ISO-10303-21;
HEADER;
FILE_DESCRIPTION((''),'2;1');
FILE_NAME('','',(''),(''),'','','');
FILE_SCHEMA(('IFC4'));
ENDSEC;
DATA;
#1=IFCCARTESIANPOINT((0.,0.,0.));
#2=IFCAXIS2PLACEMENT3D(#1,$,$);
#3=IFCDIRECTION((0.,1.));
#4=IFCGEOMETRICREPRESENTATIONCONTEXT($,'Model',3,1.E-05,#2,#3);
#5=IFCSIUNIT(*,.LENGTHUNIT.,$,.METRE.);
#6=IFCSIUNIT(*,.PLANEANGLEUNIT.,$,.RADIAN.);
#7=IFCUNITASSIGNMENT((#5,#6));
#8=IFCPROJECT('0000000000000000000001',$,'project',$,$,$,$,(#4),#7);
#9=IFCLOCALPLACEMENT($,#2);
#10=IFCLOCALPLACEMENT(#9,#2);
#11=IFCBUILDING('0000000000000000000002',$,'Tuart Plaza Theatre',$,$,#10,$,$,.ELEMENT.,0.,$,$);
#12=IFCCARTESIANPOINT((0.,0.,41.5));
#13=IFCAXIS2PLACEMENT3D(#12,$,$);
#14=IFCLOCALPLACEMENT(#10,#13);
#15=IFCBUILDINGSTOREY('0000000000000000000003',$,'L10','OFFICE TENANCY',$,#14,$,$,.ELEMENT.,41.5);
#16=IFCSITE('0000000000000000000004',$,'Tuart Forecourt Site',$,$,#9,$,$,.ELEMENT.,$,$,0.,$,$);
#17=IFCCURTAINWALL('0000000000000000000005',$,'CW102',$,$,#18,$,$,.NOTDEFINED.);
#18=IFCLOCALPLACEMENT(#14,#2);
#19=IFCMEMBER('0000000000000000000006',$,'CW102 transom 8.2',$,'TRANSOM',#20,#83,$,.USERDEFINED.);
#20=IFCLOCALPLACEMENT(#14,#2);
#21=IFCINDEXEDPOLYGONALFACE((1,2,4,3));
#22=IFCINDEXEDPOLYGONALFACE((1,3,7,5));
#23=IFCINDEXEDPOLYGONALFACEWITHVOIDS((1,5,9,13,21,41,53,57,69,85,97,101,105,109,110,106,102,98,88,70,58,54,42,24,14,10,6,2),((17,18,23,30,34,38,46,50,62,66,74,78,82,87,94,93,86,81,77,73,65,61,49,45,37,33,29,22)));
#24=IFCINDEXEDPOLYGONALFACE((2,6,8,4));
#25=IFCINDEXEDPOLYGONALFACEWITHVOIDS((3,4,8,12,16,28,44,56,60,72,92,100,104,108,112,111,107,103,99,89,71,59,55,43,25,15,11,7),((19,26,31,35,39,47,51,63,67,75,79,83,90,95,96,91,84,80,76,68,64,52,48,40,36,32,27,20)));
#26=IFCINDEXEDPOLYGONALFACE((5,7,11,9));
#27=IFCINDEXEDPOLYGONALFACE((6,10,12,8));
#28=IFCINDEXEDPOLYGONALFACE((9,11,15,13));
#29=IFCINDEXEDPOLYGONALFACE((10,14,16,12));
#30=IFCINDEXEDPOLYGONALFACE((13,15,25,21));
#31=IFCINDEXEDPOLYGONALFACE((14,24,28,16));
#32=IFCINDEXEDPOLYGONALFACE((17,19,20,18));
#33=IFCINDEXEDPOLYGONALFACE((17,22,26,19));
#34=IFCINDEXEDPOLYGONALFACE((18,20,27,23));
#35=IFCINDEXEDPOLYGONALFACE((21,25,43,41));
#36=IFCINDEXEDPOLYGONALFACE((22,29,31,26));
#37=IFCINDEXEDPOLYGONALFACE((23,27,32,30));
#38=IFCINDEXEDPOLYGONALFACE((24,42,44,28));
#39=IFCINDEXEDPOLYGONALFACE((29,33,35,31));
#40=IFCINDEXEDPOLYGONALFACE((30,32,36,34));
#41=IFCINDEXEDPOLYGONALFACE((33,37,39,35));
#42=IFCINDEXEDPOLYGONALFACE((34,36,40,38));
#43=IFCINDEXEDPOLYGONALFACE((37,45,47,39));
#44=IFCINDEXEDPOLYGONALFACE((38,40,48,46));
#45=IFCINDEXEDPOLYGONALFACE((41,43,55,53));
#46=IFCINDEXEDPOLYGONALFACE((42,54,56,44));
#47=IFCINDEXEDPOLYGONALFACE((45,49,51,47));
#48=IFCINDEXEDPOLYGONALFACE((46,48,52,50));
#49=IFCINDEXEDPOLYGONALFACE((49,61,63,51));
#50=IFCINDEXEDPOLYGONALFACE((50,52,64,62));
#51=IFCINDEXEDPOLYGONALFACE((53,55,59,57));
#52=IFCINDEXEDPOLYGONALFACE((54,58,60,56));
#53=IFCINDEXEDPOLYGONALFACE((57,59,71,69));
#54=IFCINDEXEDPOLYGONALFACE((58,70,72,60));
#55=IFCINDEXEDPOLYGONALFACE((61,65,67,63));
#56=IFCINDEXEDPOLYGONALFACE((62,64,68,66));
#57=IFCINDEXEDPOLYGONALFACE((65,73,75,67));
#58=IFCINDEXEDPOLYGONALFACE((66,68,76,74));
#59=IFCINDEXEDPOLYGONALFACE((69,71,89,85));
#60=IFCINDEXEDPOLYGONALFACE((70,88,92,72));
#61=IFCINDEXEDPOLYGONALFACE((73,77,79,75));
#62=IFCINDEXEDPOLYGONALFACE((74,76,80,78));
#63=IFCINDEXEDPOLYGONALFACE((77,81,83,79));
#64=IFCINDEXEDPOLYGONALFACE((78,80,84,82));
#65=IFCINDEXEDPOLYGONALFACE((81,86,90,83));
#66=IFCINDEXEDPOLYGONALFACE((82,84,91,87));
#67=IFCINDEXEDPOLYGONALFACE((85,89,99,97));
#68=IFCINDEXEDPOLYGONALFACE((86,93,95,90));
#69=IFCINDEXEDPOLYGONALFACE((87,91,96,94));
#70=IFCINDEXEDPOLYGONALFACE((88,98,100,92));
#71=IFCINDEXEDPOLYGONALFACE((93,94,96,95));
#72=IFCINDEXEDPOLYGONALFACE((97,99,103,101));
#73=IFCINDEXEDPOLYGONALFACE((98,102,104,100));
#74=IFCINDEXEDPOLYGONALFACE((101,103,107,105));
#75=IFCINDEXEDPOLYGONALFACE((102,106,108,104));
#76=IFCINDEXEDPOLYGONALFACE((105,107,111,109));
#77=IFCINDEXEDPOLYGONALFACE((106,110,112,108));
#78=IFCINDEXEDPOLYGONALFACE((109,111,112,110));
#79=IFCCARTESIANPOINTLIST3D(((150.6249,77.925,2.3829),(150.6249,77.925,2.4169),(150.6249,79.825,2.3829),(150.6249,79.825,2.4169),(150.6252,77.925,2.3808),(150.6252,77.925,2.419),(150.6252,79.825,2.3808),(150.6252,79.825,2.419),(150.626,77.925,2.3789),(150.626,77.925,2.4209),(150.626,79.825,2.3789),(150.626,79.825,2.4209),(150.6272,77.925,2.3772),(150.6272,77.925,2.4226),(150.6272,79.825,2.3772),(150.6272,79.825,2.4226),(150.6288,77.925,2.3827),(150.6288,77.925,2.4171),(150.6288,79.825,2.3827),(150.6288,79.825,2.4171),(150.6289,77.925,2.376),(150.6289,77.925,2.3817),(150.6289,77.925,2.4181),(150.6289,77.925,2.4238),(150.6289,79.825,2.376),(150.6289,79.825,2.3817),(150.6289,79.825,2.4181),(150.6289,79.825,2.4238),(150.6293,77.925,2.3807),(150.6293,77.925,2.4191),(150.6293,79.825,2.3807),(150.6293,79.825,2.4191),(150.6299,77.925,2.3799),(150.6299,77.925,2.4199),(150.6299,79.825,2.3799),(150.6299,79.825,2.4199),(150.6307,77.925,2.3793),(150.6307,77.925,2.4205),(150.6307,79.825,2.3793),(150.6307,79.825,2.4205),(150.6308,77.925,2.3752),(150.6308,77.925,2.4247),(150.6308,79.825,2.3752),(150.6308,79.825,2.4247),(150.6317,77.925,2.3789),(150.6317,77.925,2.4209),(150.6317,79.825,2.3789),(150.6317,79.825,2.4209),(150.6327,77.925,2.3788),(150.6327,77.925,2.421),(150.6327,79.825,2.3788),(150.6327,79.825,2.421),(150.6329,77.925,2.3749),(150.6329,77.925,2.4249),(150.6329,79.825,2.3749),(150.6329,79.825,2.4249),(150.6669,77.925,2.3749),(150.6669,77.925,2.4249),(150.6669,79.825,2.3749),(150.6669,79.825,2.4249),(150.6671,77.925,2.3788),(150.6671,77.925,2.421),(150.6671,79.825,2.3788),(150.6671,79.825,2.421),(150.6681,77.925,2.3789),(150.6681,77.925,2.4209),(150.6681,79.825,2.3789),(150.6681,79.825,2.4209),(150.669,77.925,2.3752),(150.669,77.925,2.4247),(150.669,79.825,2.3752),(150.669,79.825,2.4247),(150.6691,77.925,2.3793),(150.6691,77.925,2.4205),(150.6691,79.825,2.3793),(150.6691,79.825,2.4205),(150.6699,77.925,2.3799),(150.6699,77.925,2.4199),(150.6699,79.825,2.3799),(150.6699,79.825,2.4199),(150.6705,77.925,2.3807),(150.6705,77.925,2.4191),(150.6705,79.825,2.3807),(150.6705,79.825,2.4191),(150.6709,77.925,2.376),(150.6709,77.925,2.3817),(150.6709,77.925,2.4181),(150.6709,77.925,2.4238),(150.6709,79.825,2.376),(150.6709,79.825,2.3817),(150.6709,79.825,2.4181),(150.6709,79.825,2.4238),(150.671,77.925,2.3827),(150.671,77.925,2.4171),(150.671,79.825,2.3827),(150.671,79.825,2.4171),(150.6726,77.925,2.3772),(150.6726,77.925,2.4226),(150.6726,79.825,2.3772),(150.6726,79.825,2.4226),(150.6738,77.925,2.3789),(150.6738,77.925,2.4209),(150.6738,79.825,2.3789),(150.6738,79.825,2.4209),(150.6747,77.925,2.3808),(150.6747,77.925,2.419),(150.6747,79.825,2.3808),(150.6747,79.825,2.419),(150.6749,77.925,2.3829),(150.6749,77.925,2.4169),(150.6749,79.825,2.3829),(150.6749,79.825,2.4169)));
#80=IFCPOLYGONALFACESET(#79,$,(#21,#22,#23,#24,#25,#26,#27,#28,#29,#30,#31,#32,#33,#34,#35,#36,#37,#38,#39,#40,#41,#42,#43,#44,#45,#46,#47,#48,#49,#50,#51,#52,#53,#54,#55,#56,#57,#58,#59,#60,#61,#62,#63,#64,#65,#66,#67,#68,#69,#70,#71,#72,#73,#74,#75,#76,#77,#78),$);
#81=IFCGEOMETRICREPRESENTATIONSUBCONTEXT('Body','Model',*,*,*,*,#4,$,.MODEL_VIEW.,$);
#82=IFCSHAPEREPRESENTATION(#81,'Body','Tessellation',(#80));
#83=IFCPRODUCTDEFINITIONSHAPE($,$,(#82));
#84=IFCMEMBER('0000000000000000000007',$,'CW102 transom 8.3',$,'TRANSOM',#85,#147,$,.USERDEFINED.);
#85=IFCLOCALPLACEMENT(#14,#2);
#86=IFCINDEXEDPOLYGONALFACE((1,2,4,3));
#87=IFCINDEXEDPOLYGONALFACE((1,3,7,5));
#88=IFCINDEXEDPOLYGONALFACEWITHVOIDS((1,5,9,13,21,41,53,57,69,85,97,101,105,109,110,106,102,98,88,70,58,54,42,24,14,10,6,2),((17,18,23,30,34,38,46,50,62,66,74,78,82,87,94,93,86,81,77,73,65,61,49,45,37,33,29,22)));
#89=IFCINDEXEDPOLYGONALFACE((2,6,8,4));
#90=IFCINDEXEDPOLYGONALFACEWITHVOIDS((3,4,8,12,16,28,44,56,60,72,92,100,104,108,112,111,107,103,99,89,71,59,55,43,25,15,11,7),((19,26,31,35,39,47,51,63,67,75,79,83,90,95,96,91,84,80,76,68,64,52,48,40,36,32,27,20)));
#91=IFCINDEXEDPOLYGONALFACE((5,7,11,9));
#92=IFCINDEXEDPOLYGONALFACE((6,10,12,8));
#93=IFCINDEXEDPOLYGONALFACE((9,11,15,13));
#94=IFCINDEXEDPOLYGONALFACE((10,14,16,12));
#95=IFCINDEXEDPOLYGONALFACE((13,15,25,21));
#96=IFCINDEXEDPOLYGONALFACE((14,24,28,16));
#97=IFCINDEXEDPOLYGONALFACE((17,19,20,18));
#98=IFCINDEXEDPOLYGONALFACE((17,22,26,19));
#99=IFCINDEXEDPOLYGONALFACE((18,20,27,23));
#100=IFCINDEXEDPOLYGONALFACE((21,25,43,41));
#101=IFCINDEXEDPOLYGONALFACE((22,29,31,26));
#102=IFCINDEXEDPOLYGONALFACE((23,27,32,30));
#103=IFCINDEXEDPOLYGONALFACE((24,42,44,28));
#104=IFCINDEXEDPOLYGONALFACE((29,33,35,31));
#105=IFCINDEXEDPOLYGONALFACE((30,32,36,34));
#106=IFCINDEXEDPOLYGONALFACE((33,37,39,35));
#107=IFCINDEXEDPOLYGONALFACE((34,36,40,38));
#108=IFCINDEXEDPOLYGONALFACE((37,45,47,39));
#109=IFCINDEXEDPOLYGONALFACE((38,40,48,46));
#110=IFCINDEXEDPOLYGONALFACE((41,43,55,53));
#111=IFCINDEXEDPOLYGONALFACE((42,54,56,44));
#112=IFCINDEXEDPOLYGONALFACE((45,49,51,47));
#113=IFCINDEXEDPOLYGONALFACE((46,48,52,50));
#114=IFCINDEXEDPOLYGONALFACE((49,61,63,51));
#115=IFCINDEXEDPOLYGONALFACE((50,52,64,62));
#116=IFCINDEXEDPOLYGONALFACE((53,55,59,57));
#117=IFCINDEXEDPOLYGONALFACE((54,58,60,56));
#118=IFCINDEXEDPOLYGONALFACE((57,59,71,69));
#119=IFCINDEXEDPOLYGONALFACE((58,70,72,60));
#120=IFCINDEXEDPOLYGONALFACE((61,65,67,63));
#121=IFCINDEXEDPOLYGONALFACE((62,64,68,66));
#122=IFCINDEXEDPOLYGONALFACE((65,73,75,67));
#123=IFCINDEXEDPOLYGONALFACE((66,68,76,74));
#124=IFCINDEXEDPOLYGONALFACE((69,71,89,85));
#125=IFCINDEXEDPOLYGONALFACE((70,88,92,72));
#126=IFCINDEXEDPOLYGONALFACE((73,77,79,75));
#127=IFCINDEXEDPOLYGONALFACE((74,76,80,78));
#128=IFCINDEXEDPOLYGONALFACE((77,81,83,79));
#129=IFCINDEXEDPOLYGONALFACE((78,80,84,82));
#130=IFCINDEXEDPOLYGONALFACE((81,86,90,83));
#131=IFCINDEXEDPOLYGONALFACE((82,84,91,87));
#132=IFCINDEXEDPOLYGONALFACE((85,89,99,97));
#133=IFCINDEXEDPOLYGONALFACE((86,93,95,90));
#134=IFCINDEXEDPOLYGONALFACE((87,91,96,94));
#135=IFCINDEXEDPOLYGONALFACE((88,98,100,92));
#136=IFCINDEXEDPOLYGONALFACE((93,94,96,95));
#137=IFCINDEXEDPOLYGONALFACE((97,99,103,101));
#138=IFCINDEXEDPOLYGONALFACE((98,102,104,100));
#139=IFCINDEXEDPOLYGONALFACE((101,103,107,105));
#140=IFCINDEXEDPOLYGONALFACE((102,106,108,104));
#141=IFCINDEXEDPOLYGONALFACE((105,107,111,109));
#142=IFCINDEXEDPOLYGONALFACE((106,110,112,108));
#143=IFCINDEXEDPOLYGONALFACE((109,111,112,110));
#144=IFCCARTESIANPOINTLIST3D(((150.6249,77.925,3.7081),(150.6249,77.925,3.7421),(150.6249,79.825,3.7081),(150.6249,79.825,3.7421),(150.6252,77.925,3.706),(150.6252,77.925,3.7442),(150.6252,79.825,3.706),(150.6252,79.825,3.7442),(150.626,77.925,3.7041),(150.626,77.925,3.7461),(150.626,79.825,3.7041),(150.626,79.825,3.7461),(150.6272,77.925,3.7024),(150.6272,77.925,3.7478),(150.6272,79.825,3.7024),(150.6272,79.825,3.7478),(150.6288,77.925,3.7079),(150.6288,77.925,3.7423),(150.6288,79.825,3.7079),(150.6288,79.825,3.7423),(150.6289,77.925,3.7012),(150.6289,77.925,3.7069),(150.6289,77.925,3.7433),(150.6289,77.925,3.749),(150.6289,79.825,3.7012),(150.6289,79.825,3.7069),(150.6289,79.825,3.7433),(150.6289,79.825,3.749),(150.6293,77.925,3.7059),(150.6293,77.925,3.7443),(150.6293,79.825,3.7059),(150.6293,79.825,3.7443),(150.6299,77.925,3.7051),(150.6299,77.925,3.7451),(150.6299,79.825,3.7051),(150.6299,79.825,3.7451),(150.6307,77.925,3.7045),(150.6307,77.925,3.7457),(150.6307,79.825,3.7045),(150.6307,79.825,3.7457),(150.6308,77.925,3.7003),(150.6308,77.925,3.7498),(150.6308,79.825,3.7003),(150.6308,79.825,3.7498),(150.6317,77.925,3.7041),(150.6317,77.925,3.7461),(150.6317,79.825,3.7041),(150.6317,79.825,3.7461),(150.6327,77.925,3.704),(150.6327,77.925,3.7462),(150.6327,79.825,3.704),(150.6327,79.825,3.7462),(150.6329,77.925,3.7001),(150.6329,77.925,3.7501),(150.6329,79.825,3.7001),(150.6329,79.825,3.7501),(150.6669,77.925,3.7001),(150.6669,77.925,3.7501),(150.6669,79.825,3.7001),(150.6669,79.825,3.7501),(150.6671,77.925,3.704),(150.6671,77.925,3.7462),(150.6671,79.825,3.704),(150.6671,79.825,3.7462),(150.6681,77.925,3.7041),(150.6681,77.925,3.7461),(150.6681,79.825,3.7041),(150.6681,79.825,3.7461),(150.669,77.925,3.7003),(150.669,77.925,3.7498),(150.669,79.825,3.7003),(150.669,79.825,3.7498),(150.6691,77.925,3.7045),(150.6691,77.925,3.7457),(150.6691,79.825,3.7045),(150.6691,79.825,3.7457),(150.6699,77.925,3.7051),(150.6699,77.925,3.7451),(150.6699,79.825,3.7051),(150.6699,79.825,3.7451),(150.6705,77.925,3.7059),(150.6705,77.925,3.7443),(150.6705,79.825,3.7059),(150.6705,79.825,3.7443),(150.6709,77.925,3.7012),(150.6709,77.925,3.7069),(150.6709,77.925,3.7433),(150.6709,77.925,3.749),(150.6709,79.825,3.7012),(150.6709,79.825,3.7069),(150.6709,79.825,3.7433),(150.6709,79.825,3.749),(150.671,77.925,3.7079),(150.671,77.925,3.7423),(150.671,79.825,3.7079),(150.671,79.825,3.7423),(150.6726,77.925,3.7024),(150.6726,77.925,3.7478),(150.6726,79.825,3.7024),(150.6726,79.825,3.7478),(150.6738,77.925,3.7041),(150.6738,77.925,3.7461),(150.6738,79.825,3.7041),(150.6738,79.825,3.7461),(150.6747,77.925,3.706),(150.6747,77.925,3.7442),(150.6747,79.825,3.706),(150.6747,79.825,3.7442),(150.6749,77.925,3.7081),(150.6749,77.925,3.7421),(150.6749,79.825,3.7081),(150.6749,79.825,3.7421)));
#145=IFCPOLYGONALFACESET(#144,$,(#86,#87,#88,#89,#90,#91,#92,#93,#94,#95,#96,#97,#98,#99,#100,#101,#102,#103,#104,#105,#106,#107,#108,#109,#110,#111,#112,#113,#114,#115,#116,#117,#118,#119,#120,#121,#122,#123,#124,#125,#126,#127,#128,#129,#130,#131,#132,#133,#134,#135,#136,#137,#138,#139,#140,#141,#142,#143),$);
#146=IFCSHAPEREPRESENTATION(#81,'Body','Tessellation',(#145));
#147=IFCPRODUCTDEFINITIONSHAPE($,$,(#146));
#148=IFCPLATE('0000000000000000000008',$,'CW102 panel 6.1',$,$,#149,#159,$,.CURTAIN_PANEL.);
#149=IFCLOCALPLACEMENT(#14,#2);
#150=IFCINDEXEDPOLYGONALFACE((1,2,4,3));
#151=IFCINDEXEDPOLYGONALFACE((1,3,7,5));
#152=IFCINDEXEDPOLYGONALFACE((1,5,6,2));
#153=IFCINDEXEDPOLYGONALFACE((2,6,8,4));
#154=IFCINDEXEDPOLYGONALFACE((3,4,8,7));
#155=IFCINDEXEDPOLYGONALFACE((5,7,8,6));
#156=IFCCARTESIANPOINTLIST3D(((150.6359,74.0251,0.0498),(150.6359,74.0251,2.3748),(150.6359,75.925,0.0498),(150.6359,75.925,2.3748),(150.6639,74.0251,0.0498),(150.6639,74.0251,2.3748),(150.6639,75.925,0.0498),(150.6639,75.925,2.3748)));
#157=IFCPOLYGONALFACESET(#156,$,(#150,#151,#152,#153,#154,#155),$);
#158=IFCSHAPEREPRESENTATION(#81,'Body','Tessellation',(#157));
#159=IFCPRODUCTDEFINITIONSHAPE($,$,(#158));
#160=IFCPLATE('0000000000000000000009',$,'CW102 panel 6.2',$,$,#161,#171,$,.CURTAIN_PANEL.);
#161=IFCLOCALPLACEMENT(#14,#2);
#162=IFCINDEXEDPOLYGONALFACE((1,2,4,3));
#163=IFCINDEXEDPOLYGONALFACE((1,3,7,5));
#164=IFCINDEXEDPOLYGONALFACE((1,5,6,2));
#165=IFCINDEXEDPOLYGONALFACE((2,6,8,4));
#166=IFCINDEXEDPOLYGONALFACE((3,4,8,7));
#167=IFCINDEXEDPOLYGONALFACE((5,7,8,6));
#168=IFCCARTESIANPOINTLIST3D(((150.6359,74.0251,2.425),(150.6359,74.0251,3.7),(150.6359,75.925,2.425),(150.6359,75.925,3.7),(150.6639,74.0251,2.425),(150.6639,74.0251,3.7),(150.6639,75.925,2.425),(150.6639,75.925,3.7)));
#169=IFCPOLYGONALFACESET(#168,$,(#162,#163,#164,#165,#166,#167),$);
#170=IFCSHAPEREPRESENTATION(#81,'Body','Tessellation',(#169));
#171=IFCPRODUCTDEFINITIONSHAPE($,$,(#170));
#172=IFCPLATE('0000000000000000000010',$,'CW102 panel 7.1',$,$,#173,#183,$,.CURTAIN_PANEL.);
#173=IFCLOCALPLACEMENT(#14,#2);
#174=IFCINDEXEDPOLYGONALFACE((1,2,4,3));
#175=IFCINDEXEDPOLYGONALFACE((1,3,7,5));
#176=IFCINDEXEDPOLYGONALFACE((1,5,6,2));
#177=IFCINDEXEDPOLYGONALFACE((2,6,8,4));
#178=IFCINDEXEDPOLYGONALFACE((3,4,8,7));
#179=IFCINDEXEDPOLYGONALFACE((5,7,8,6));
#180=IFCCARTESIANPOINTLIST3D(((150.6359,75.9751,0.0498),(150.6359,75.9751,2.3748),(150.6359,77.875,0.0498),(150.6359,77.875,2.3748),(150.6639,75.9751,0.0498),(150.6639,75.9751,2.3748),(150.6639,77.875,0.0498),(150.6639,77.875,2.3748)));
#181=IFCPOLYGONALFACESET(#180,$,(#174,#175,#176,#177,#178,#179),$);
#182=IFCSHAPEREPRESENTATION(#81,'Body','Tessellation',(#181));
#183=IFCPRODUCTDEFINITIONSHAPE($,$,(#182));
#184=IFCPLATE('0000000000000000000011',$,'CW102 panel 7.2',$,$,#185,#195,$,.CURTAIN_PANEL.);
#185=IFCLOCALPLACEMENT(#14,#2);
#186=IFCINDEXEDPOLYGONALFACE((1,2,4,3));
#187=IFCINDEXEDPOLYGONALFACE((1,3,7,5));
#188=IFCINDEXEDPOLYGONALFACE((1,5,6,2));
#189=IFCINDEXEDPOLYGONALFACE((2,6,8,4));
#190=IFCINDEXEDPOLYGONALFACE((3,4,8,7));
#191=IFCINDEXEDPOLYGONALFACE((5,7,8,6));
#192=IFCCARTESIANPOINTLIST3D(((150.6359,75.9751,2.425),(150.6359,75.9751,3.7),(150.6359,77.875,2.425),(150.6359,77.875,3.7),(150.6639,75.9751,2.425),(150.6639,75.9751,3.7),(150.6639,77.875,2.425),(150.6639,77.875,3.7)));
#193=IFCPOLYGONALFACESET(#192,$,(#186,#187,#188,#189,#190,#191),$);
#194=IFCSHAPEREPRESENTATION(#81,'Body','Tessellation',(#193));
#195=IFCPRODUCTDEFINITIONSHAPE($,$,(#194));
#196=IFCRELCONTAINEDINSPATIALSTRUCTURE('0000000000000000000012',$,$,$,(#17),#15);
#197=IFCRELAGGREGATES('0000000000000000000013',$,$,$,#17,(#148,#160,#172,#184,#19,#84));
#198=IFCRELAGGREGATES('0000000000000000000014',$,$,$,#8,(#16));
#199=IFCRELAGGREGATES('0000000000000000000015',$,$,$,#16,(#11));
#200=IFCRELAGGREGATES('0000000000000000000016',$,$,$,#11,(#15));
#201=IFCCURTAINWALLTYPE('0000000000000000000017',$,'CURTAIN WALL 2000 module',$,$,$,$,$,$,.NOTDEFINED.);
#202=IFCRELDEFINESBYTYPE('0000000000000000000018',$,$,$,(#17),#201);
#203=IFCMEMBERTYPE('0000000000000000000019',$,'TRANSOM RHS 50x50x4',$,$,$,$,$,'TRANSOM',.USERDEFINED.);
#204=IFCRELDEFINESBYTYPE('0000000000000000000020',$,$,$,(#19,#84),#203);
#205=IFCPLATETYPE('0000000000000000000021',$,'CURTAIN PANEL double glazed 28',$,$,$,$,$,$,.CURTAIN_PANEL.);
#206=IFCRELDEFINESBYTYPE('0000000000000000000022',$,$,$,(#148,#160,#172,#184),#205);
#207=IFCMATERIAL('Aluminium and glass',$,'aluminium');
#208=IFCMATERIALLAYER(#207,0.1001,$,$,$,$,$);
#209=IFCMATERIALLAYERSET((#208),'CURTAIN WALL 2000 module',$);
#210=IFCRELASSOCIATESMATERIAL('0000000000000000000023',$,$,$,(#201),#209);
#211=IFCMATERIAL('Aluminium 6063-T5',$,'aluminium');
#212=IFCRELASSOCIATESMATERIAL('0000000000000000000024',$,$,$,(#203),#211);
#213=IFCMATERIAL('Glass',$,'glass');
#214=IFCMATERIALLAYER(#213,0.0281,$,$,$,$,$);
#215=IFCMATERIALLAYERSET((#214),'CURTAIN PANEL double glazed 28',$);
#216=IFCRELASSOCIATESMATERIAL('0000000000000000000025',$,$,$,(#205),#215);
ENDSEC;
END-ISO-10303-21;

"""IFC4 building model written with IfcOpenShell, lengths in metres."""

from ifc_helpers import new_model, si_unit, direction, frame, origin, origin_2d, place, context, subcontext, project, spatial, rectangle, hollow_rectangle, extrude, material, layer, layer_set, material_profile, profile_set, type_object, element, aggregate, save


model = new_model("IFC4")

# Units and contexts
model_context = context("Model", 3, precision=1e-05, world=origin(), true_north=direction((0.0, 1.0)))
body_context = subcontext(model_context, "Body", "Model", "MODEL_VIEW")
ifc_project = project(units=[si_unit("LENGTHUNIT", "METRE"), si_unit("PLANEANGLEUNIT", "RADIAN")], contexts=[model_context])

# Site, building, storey
site_placement = place(None, origin())
site = spatial("IfcSite", under=ifc_project, at=site_placement, Name="Tuart Forecourt Site", CompositionType="ELEMENT", RefElevation=0.0)
building_placement = place(site_placement, origin())
building = spatial("IfcBuilding", under=site, at=building_placement, Name="Tuart Plaza Theatre", CompositionType="ELEMENT", ElevationOfRefHeight=0.0)
storey_placement = place(building_placement, frame((0.0, 0.0, 41.5)))
storey = spatial("IfcBuildingStorey", under=building, at=storey_placement, Name="L10", Description="OFFICE TENANCY", CompositionType="ELEMENT", Elevation=41.5)

# Curtain wall, members, plates
ifc_material_1 = material(Name="Aluminium and glass", Category="aluminium")
ifc_layer_1 = layer(ifc_material_1, 0.1001)
ifc_layer_set_1 = layer_set([ifc_layer_1], Name="CURTAIN WALL 2000 module")
curtain_wall_type = type_object("IfcCurtainWallType", Name="CURTAIN WALL 2000 module", PredefinedType="NOTDEFINED", material=ifc_layer_set_1)
curtain_wall_placement = place(storey_placement, origin())
curtain_wall = element("IfcCurtainWall", 1, at=curtain_wall_placement, inside=storey, type_object=curtain_wall_type, Name="CW102", PredefinedType="NOTDEFINED")
ifc_material_2 = material(Name="Aluminium 6063-T5", Category="aluminium")
ifc_material_profile_1 = material_profile(ifc_material_2, hollow_rectangle(XDim=0.05, YDim=0.05, WallThickness=0.0039, InnerFilletRadius=0.0039, OuterFilletRadius=0.0081, at=origin_2d()), Name="RHS 50x50x4")
ifc_profile_set_1 = profile_set([ifc_material_profile_1], Name="Aluminium 6063-T5")
member_type_1 = type_object("IfcMemberType", Name="TRANSOM RHS 50x50x4", ElementType="TRANSOM", PredefinedType="USERDEFINED", material=ifc_profile_set_1)
member_1_placement = place(storey_placement, frame((150.6499, 77.925, 2.3999), z_axis=(0.0, 1.0, 0.0), x_axis=(-1.0, 0.0, 0.0)))
member_1 = element("IfcMember", 2, at=member_1_placement, type_object=member_type_1, Name="CW102 transom 8.2", ObjectType="TRANSOM", PredefinedType="USERDEFINED", context=body_context, shape_type="SweptSolid", body=[
    extrude(hollow_rectangle(XDim=0.05, YDim=0.05, WallThickness=0.0039, InnerFilletRadius=0.0039, OuterFilletRadius=0.0081, at=origin_2d()), origin(), (0.0, 0.0, 1.0), 1.8999),
])
member_2_placement = place(storey_placement, frame((150.6499, 77.925, 3.7251), z_axis=(0.0, 1.0, 0.0), x_axis=(-1.0, 0.0, 0.0)))
member_2 = element("IfcMember", 3, at=member_2_placement, type_object=member_type_1, Name="CW102 transom 8.3", ObjectType="TRANSOM", PredefinedType="USERDEFINED", context=body_context, shape_type="SweptSolid", body=[
    extrude(hollow_rectangle(XDim=0.05, YDim=0.05, WallThickness=0.0039, InnerFilletRadius=0.0039, OuterFilletRadius=0.0081, at=origin_2d()), origin(), (0.0, 0.0, 1.0), 1.8999),
])
ifc_material_3 = material(Name="Glass", Category="glass")
ifc_layer_2 = layer(ifc_material_3, 0.0281)
ifc_layer_set_2 = layer_set([ifc_layer_2], Name="CURTAIN PANEL double glazed 28")
plate_type = type_object("IfcPlateType", Name="CURTAIN PANEL double glazed 28", PredefinedType="CURTAIN_PANEL", material=ifc_layer_set_2)
plate_1_placement = place(storey_placement, frame((150.6499, 74.9751, 0.0498), z_axis=(0.0, 0.0, 1.0), x_axis=(0.0, 1.0, 0.0)))
plate_1 = element("IfcPlate", 4, at=plate_1_placement, type_object=plate_type, Name="CW102 panel 6.1", PredefinedType="CURTAIN_PANEL", context=body_context, shape_type="SweptSolid", body=[
    extrude(rectangle(XDim=1.8999, YDim=0.0281, at=origin_2d()), origin(), (0.0, 0.0, 1.0), 2.325),
])
plate_2_placement = place(storey_placement, frame((150.6499, 74.9751, 2.425), z_axis=(0.0, 0.0, 1.0), x_axis=(0.0, 1.0, 0.0)))
plate_2 = element("IfcPlate", 5, at=plate_2_placement, type_object=plate_type, Name="CW102 panel 6.2", PredefinedType="CURTAIN_PANEL", context=body_context, shape_type="SweptSolid", body=[
    extrude(rectangle(XDim=1.8999, YDim=0.0281, at=origin_2d()), origin(), (0.0, 0.0, 1.0), 1.2749),
])
plate_3_placement = place(storey_placement, frame((150.6499, 76.925, 0.0498), z_axis=(0.0, 0.0, 1.0), x_axis=(0.0, 1.0, 0.0)))
plate_3 = element("IfcPlate", 6, at=plate_3_placement, type_object=plate_type, Name="CW102 panel 7.1", PredefinedType="CURTAIN_PANEL", context=body_context, shape_type="SweptSolid", body=[
    extrude(rectangle(XDim=1.8999, YDim=0.0281, at=origin_2d()), origin(), (0.0, 0.0, 1.0), 2.325),
])
plate_4_placement = place(storey_placement, frame((150.6499, 76.925, 2.425), z_axis=(0.0, 0.0, 1.0), x_axis=(0.0, 1.0, 0.0)))
plate_4 = element("IfcPlate", 7, at=plate_4_placement, type_object=plate_type, Name="CW102 panel 7.2", PredefinedType="CURTAIN_PANEL", context=body_context, shape_type="SweptSolid", body=[
    extrude(rectangle(XDim=1.8999, YDim=0.0281, at=origin_2d()), origin(), (0.0, 0.0, 1.0), 1.2749),
])
aggregate(curtain_wall, [plate_1, plate_2, plate_3, plate_4, member_1, member_2])

save(model, "model.ifc")
